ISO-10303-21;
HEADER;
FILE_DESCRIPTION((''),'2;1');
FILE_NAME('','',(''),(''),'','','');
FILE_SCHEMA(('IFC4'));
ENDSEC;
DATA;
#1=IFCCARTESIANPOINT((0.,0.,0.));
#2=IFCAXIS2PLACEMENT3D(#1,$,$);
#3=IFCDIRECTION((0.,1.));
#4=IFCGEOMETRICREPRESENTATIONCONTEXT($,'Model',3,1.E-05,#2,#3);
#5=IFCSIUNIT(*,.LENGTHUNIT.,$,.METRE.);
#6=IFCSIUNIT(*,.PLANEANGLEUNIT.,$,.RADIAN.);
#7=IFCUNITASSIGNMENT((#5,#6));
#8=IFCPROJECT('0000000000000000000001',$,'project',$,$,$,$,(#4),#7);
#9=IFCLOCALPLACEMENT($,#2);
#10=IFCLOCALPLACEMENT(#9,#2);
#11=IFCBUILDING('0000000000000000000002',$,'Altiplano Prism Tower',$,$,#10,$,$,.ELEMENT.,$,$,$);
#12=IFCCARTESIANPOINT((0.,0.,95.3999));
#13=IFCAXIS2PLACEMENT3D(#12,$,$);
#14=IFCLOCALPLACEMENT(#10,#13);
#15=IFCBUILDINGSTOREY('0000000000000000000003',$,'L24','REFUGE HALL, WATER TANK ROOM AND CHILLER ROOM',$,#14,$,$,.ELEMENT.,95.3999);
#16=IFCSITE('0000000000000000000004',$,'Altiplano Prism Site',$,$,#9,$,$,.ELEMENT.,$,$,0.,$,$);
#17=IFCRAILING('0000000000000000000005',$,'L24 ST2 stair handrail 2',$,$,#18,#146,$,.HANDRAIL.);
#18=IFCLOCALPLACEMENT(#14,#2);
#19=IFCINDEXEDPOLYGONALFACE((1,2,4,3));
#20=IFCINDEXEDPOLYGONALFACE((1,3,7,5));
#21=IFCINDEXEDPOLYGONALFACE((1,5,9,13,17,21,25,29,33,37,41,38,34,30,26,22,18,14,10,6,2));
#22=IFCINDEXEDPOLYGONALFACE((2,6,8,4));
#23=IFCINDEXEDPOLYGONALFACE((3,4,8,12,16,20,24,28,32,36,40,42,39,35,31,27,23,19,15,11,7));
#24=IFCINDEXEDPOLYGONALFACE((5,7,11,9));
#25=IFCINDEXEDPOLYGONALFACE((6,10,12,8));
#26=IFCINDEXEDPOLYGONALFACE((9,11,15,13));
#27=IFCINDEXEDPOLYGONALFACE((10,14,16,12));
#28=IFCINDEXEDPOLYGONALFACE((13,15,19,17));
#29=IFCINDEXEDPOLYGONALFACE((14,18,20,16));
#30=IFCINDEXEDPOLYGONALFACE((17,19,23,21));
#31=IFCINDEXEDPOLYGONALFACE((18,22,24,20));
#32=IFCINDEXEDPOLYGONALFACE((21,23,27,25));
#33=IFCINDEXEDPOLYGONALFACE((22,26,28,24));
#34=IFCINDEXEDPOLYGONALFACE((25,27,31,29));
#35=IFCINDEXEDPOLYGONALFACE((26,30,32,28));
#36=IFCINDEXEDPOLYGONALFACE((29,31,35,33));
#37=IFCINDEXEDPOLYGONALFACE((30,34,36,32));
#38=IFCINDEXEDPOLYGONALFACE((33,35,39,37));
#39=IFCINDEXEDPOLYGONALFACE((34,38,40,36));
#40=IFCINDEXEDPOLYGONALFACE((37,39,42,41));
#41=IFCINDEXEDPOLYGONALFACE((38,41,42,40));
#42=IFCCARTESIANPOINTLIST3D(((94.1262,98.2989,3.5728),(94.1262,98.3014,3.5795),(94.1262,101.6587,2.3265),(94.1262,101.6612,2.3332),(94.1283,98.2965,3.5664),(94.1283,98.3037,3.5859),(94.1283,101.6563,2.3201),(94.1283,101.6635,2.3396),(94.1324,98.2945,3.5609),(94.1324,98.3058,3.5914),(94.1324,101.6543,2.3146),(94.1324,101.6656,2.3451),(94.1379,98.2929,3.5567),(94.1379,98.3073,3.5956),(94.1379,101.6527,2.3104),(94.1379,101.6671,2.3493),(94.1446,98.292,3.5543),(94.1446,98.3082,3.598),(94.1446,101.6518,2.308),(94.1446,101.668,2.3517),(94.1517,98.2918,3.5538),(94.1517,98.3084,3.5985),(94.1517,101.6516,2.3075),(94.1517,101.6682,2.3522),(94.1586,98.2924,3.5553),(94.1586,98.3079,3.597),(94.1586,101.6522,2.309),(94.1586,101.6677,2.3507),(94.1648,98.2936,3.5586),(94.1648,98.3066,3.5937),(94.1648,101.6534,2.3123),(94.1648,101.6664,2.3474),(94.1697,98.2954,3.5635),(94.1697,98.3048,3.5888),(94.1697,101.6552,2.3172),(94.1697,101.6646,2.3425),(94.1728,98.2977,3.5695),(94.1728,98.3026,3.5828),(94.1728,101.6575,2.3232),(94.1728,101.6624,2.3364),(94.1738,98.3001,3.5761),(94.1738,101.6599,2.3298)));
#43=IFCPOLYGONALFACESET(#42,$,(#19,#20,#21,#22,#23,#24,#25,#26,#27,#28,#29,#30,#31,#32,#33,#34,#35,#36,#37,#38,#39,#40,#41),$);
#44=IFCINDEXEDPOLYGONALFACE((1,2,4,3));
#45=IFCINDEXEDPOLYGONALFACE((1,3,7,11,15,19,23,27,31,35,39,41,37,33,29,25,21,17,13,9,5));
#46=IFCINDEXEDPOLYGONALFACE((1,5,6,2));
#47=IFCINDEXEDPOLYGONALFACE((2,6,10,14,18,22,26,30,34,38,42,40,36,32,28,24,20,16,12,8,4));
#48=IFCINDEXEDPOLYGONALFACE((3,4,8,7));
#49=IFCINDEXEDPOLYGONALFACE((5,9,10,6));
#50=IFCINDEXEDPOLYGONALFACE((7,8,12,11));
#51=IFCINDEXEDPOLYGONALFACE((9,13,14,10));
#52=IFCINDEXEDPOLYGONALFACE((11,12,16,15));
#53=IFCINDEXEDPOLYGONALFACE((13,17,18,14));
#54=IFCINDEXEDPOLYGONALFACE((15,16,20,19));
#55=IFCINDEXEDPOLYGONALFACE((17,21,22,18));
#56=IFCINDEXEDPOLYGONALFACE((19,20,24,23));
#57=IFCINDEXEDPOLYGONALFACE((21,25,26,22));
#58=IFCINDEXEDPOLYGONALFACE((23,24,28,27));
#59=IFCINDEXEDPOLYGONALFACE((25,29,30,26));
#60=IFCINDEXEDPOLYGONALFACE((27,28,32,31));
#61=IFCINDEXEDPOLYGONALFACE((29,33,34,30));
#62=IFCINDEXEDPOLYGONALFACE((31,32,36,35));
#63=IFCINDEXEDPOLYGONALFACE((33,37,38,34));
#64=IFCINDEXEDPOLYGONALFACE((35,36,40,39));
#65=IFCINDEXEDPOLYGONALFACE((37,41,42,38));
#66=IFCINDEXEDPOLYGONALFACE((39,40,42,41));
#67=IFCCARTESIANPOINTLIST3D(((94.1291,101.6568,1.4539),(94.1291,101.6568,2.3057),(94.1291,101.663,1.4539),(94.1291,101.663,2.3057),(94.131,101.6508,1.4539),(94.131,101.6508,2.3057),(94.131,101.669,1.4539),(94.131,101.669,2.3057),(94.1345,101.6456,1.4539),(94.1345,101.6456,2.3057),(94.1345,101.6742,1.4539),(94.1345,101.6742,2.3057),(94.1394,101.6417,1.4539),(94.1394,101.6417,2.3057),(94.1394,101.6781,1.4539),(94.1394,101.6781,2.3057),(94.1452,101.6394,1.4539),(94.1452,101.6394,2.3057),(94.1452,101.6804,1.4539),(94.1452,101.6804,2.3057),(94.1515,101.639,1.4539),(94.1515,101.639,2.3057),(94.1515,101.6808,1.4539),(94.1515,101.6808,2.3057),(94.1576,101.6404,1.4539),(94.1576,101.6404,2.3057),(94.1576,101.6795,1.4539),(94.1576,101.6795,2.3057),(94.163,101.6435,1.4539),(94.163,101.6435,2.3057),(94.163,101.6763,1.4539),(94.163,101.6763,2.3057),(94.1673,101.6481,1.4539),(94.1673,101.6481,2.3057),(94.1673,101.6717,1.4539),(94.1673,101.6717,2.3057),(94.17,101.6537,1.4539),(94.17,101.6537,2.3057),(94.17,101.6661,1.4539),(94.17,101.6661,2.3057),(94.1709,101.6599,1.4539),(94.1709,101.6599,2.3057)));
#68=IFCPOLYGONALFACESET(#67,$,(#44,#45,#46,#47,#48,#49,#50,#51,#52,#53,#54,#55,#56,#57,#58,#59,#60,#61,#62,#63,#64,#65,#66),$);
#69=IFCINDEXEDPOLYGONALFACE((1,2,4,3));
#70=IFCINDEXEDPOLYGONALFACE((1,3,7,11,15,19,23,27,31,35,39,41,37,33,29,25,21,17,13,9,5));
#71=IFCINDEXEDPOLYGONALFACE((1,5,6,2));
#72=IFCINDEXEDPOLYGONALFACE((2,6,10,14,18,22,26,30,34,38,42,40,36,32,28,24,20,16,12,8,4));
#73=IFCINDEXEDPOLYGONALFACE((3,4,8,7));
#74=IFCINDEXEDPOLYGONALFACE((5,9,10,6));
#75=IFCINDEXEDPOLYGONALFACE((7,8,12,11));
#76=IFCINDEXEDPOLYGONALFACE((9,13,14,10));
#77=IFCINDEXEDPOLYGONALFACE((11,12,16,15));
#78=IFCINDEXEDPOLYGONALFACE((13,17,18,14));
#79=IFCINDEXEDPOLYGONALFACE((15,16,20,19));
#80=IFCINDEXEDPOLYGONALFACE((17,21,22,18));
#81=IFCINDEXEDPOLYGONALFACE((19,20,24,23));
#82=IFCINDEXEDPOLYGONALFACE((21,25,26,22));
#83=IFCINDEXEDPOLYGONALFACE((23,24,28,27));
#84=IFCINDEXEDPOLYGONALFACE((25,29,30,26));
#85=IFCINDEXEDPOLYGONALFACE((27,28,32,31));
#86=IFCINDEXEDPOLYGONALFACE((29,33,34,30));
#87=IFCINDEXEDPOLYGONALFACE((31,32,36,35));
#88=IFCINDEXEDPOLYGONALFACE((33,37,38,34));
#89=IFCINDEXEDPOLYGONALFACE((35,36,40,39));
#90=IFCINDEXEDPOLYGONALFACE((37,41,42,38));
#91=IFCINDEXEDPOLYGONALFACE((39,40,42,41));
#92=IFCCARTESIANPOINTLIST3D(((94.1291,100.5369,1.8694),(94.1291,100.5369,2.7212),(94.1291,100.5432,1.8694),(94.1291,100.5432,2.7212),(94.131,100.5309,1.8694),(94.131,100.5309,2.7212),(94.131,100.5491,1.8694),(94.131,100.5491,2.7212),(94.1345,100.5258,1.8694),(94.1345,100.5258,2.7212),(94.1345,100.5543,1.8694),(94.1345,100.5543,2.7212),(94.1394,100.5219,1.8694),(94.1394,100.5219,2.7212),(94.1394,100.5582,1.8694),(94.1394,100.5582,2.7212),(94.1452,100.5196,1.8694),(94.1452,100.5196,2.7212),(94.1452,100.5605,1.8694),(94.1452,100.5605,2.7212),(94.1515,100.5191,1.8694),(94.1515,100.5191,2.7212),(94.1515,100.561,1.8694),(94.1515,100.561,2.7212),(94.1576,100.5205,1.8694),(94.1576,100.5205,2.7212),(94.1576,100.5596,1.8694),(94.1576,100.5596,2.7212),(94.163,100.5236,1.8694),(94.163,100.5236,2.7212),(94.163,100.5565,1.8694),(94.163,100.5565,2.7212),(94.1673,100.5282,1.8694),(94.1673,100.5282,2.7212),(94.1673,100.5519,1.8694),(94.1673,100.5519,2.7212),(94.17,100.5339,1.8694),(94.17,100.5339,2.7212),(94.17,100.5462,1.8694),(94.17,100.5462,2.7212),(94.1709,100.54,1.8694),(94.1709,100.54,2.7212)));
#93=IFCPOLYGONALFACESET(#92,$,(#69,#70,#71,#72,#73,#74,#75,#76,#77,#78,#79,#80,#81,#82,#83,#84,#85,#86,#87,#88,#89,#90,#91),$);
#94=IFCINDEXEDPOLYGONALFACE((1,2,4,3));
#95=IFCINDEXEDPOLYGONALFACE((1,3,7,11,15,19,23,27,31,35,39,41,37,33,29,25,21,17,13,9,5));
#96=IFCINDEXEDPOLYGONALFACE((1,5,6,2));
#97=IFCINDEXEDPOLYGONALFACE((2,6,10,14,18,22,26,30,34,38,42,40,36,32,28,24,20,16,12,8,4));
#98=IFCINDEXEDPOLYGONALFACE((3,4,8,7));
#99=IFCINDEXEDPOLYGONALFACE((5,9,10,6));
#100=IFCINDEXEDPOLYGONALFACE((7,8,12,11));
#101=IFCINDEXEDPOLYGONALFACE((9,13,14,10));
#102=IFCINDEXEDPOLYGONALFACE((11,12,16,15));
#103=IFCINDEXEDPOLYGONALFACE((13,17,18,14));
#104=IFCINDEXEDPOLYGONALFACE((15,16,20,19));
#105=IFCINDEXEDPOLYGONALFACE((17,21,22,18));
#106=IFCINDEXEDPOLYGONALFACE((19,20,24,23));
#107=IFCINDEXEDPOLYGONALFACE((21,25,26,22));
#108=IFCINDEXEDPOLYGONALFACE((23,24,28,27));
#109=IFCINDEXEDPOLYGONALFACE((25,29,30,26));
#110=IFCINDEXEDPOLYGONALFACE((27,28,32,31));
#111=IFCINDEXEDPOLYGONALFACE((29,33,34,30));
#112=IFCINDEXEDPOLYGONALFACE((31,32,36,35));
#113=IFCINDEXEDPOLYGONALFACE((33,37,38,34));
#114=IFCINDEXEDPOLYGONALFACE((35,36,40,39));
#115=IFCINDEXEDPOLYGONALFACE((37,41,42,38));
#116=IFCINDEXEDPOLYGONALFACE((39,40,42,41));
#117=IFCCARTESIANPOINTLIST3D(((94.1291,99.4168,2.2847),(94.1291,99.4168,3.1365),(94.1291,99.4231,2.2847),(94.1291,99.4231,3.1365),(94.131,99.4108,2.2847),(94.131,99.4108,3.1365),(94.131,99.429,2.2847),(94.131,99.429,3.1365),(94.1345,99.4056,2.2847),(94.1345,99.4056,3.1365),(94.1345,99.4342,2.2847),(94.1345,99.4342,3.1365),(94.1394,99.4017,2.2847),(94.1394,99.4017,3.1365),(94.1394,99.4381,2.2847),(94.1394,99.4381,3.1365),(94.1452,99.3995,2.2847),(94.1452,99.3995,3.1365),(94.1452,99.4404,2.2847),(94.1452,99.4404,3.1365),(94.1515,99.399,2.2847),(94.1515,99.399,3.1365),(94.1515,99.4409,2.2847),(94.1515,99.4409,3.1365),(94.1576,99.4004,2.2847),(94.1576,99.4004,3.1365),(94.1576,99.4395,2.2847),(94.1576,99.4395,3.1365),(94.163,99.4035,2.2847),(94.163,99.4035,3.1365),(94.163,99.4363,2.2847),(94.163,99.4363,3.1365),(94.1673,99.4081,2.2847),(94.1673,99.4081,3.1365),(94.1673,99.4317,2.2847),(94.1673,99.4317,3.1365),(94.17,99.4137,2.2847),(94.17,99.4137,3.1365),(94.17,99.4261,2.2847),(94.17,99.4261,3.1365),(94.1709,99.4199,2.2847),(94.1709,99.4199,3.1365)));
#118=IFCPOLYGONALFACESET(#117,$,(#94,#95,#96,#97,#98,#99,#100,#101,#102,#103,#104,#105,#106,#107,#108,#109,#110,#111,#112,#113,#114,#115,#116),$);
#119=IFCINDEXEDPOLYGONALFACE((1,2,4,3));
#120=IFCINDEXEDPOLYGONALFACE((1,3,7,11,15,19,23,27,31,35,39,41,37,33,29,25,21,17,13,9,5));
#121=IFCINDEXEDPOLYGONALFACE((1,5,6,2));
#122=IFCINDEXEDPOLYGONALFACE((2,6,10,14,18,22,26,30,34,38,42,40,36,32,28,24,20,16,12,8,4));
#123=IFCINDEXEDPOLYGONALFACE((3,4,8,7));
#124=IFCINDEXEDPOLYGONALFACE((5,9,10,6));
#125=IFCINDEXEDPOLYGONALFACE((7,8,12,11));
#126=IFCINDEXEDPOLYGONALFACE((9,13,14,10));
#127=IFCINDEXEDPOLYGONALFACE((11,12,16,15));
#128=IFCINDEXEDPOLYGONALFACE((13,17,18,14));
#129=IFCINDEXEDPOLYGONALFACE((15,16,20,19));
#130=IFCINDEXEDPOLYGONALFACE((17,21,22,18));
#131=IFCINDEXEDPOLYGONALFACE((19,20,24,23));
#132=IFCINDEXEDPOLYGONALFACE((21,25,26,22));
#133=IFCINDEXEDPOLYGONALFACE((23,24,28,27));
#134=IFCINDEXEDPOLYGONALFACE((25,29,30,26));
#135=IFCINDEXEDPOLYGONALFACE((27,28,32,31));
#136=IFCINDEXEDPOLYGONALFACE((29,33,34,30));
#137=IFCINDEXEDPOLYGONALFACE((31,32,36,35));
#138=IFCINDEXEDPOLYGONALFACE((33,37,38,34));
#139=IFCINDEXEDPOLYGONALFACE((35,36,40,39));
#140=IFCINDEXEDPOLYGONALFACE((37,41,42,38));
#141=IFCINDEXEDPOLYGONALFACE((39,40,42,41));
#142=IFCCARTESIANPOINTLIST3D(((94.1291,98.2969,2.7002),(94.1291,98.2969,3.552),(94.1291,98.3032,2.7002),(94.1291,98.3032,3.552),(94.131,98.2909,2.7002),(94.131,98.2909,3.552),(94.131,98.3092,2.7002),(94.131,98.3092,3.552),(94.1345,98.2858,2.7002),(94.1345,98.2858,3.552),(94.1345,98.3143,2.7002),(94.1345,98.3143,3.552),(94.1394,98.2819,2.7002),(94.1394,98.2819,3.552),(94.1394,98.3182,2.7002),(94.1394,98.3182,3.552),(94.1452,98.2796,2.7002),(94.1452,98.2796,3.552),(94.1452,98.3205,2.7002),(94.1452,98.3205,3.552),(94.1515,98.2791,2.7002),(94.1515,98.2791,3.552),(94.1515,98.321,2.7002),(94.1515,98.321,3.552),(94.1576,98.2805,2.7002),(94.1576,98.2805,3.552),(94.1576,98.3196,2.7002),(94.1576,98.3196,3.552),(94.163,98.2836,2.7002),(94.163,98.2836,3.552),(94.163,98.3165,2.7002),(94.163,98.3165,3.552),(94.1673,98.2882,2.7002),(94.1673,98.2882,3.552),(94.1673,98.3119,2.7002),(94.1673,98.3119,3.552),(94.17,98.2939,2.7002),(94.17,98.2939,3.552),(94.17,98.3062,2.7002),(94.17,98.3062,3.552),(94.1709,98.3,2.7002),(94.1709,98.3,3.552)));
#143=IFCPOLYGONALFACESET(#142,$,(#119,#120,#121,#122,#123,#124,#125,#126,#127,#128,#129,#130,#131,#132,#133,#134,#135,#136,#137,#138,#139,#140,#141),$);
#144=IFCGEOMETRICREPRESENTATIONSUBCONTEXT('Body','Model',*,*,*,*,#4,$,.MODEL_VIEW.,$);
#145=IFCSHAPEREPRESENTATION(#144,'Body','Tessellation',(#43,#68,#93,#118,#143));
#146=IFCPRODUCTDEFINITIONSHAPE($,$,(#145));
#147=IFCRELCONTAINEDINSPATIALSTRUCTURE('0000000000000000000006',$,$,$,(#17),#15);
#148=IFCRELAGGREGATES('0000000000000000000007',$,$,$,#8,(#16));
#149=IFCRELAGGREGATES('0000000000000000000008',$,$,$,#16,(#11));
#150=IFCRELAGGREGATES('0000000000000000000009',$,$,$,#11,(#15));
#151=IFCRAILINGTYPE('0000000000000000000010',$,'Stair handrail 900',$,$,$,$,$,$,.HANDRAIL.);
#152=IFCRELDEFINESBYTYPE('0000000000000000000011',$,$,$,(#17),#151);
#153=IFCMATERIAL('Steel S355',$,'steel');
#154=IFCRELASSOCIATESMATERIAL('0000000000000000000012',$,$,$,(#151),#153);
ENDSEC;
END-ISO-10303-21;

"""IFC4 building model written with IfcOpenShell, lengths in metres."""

from ifc_helpers import new_model, si_unit, direction, frame, origin, origin_2d, place, context, subcontext, project, spatial, circle, extrude, material, type_object, element, save


model = new_model("IFC4")

# Units and contexts
model_context = context("Model", 3, precision=1e-05, world=origin(), true_north=direction((0.0, 1.0)))
body_context = subcontext(model_context, "Body", "Model", "MODEL_VIEW")
ifc_project = project(units=[si_unit("LENGTHUNIT", "METRE"), si_unit("PLANEANGLEUNIT", "RADIAN")], contexts=[model_context])

# Site, building, storey
site_placement = place(None, origin())
site = spatial("IfcSite", under=ifc_project, at=site_placement, Name="Altiplano Prism Site", CompositionType="ELEMENT", RefElevation=0.0)
building_placement = place(site_placement, origin())
building = spatial("IfcBuilding", under=site, at=building_placement, Name="Altiplano Prism Tower", CompositionType="ELEMENT")
storey_placement = place(building_placement, frame((0.0, 0.0, 95.3999)))
storey = spatial("IfcBuildingStorey", under=building, at=storey_placement, Name="L24", Description="REFUGE HALL, WATER TANK ROOM AND CHILLER ROOM", CompositionType="ELEMENT", Elevation=95.3999)

# Shared definitions
ifc_material_1 = material(Name="Steel S355", Category="steel")

# Railing
railing_type = type_object("IfcRailingType", Name="Stair handrail 900", PredefinedType="HANDRAIL", material=ifc_material_1)
railing_1_placement = place(storey_placement, frame((94.1499, 101.6599, 1.4539)))
element("IfcRailing", 1, at=railing_1_placement, inside=storey, type_object=railing_type, Name="L24 ST2 stair handrail 2", PredefinedType="HANDRAIL", context=body_context, shape_type="SweptSolid", body=[
    extrude(circle(Radius=0.0239, at=origin_2d()), frame((0.0, 0.0, 0.876), z_axis=(0.0, -0.937572, 0.347791), x_axis=(1.0, 0.0, 0.0)), (0.0, 0.0, 1.0), 3.5835),
    extrude(circle(Radius=0.021, at=origin_2d()), origin(), (0.0, 0.0, 1.0), 0.8518),
    extrude(circle(Radius=0.021, at=origin_2d()), frame((0.0, -1.1199, 0.4155)), (0.0, 0.0, 1.0), 0.8518),
    extrude(circle(Radius=0.021, at=origin_2d()), frame((0.0, -2.24, 0.8308)), (0.0, 0.0, 1.0), 0.8518),
    extrude(circle(Radius=0.021, at=origin_2d()), frame((0.0, -3.3599, 1.2463)), (0.0, 0.0, 1.0), 0.8518),
])

save(model, "model.ifc")
